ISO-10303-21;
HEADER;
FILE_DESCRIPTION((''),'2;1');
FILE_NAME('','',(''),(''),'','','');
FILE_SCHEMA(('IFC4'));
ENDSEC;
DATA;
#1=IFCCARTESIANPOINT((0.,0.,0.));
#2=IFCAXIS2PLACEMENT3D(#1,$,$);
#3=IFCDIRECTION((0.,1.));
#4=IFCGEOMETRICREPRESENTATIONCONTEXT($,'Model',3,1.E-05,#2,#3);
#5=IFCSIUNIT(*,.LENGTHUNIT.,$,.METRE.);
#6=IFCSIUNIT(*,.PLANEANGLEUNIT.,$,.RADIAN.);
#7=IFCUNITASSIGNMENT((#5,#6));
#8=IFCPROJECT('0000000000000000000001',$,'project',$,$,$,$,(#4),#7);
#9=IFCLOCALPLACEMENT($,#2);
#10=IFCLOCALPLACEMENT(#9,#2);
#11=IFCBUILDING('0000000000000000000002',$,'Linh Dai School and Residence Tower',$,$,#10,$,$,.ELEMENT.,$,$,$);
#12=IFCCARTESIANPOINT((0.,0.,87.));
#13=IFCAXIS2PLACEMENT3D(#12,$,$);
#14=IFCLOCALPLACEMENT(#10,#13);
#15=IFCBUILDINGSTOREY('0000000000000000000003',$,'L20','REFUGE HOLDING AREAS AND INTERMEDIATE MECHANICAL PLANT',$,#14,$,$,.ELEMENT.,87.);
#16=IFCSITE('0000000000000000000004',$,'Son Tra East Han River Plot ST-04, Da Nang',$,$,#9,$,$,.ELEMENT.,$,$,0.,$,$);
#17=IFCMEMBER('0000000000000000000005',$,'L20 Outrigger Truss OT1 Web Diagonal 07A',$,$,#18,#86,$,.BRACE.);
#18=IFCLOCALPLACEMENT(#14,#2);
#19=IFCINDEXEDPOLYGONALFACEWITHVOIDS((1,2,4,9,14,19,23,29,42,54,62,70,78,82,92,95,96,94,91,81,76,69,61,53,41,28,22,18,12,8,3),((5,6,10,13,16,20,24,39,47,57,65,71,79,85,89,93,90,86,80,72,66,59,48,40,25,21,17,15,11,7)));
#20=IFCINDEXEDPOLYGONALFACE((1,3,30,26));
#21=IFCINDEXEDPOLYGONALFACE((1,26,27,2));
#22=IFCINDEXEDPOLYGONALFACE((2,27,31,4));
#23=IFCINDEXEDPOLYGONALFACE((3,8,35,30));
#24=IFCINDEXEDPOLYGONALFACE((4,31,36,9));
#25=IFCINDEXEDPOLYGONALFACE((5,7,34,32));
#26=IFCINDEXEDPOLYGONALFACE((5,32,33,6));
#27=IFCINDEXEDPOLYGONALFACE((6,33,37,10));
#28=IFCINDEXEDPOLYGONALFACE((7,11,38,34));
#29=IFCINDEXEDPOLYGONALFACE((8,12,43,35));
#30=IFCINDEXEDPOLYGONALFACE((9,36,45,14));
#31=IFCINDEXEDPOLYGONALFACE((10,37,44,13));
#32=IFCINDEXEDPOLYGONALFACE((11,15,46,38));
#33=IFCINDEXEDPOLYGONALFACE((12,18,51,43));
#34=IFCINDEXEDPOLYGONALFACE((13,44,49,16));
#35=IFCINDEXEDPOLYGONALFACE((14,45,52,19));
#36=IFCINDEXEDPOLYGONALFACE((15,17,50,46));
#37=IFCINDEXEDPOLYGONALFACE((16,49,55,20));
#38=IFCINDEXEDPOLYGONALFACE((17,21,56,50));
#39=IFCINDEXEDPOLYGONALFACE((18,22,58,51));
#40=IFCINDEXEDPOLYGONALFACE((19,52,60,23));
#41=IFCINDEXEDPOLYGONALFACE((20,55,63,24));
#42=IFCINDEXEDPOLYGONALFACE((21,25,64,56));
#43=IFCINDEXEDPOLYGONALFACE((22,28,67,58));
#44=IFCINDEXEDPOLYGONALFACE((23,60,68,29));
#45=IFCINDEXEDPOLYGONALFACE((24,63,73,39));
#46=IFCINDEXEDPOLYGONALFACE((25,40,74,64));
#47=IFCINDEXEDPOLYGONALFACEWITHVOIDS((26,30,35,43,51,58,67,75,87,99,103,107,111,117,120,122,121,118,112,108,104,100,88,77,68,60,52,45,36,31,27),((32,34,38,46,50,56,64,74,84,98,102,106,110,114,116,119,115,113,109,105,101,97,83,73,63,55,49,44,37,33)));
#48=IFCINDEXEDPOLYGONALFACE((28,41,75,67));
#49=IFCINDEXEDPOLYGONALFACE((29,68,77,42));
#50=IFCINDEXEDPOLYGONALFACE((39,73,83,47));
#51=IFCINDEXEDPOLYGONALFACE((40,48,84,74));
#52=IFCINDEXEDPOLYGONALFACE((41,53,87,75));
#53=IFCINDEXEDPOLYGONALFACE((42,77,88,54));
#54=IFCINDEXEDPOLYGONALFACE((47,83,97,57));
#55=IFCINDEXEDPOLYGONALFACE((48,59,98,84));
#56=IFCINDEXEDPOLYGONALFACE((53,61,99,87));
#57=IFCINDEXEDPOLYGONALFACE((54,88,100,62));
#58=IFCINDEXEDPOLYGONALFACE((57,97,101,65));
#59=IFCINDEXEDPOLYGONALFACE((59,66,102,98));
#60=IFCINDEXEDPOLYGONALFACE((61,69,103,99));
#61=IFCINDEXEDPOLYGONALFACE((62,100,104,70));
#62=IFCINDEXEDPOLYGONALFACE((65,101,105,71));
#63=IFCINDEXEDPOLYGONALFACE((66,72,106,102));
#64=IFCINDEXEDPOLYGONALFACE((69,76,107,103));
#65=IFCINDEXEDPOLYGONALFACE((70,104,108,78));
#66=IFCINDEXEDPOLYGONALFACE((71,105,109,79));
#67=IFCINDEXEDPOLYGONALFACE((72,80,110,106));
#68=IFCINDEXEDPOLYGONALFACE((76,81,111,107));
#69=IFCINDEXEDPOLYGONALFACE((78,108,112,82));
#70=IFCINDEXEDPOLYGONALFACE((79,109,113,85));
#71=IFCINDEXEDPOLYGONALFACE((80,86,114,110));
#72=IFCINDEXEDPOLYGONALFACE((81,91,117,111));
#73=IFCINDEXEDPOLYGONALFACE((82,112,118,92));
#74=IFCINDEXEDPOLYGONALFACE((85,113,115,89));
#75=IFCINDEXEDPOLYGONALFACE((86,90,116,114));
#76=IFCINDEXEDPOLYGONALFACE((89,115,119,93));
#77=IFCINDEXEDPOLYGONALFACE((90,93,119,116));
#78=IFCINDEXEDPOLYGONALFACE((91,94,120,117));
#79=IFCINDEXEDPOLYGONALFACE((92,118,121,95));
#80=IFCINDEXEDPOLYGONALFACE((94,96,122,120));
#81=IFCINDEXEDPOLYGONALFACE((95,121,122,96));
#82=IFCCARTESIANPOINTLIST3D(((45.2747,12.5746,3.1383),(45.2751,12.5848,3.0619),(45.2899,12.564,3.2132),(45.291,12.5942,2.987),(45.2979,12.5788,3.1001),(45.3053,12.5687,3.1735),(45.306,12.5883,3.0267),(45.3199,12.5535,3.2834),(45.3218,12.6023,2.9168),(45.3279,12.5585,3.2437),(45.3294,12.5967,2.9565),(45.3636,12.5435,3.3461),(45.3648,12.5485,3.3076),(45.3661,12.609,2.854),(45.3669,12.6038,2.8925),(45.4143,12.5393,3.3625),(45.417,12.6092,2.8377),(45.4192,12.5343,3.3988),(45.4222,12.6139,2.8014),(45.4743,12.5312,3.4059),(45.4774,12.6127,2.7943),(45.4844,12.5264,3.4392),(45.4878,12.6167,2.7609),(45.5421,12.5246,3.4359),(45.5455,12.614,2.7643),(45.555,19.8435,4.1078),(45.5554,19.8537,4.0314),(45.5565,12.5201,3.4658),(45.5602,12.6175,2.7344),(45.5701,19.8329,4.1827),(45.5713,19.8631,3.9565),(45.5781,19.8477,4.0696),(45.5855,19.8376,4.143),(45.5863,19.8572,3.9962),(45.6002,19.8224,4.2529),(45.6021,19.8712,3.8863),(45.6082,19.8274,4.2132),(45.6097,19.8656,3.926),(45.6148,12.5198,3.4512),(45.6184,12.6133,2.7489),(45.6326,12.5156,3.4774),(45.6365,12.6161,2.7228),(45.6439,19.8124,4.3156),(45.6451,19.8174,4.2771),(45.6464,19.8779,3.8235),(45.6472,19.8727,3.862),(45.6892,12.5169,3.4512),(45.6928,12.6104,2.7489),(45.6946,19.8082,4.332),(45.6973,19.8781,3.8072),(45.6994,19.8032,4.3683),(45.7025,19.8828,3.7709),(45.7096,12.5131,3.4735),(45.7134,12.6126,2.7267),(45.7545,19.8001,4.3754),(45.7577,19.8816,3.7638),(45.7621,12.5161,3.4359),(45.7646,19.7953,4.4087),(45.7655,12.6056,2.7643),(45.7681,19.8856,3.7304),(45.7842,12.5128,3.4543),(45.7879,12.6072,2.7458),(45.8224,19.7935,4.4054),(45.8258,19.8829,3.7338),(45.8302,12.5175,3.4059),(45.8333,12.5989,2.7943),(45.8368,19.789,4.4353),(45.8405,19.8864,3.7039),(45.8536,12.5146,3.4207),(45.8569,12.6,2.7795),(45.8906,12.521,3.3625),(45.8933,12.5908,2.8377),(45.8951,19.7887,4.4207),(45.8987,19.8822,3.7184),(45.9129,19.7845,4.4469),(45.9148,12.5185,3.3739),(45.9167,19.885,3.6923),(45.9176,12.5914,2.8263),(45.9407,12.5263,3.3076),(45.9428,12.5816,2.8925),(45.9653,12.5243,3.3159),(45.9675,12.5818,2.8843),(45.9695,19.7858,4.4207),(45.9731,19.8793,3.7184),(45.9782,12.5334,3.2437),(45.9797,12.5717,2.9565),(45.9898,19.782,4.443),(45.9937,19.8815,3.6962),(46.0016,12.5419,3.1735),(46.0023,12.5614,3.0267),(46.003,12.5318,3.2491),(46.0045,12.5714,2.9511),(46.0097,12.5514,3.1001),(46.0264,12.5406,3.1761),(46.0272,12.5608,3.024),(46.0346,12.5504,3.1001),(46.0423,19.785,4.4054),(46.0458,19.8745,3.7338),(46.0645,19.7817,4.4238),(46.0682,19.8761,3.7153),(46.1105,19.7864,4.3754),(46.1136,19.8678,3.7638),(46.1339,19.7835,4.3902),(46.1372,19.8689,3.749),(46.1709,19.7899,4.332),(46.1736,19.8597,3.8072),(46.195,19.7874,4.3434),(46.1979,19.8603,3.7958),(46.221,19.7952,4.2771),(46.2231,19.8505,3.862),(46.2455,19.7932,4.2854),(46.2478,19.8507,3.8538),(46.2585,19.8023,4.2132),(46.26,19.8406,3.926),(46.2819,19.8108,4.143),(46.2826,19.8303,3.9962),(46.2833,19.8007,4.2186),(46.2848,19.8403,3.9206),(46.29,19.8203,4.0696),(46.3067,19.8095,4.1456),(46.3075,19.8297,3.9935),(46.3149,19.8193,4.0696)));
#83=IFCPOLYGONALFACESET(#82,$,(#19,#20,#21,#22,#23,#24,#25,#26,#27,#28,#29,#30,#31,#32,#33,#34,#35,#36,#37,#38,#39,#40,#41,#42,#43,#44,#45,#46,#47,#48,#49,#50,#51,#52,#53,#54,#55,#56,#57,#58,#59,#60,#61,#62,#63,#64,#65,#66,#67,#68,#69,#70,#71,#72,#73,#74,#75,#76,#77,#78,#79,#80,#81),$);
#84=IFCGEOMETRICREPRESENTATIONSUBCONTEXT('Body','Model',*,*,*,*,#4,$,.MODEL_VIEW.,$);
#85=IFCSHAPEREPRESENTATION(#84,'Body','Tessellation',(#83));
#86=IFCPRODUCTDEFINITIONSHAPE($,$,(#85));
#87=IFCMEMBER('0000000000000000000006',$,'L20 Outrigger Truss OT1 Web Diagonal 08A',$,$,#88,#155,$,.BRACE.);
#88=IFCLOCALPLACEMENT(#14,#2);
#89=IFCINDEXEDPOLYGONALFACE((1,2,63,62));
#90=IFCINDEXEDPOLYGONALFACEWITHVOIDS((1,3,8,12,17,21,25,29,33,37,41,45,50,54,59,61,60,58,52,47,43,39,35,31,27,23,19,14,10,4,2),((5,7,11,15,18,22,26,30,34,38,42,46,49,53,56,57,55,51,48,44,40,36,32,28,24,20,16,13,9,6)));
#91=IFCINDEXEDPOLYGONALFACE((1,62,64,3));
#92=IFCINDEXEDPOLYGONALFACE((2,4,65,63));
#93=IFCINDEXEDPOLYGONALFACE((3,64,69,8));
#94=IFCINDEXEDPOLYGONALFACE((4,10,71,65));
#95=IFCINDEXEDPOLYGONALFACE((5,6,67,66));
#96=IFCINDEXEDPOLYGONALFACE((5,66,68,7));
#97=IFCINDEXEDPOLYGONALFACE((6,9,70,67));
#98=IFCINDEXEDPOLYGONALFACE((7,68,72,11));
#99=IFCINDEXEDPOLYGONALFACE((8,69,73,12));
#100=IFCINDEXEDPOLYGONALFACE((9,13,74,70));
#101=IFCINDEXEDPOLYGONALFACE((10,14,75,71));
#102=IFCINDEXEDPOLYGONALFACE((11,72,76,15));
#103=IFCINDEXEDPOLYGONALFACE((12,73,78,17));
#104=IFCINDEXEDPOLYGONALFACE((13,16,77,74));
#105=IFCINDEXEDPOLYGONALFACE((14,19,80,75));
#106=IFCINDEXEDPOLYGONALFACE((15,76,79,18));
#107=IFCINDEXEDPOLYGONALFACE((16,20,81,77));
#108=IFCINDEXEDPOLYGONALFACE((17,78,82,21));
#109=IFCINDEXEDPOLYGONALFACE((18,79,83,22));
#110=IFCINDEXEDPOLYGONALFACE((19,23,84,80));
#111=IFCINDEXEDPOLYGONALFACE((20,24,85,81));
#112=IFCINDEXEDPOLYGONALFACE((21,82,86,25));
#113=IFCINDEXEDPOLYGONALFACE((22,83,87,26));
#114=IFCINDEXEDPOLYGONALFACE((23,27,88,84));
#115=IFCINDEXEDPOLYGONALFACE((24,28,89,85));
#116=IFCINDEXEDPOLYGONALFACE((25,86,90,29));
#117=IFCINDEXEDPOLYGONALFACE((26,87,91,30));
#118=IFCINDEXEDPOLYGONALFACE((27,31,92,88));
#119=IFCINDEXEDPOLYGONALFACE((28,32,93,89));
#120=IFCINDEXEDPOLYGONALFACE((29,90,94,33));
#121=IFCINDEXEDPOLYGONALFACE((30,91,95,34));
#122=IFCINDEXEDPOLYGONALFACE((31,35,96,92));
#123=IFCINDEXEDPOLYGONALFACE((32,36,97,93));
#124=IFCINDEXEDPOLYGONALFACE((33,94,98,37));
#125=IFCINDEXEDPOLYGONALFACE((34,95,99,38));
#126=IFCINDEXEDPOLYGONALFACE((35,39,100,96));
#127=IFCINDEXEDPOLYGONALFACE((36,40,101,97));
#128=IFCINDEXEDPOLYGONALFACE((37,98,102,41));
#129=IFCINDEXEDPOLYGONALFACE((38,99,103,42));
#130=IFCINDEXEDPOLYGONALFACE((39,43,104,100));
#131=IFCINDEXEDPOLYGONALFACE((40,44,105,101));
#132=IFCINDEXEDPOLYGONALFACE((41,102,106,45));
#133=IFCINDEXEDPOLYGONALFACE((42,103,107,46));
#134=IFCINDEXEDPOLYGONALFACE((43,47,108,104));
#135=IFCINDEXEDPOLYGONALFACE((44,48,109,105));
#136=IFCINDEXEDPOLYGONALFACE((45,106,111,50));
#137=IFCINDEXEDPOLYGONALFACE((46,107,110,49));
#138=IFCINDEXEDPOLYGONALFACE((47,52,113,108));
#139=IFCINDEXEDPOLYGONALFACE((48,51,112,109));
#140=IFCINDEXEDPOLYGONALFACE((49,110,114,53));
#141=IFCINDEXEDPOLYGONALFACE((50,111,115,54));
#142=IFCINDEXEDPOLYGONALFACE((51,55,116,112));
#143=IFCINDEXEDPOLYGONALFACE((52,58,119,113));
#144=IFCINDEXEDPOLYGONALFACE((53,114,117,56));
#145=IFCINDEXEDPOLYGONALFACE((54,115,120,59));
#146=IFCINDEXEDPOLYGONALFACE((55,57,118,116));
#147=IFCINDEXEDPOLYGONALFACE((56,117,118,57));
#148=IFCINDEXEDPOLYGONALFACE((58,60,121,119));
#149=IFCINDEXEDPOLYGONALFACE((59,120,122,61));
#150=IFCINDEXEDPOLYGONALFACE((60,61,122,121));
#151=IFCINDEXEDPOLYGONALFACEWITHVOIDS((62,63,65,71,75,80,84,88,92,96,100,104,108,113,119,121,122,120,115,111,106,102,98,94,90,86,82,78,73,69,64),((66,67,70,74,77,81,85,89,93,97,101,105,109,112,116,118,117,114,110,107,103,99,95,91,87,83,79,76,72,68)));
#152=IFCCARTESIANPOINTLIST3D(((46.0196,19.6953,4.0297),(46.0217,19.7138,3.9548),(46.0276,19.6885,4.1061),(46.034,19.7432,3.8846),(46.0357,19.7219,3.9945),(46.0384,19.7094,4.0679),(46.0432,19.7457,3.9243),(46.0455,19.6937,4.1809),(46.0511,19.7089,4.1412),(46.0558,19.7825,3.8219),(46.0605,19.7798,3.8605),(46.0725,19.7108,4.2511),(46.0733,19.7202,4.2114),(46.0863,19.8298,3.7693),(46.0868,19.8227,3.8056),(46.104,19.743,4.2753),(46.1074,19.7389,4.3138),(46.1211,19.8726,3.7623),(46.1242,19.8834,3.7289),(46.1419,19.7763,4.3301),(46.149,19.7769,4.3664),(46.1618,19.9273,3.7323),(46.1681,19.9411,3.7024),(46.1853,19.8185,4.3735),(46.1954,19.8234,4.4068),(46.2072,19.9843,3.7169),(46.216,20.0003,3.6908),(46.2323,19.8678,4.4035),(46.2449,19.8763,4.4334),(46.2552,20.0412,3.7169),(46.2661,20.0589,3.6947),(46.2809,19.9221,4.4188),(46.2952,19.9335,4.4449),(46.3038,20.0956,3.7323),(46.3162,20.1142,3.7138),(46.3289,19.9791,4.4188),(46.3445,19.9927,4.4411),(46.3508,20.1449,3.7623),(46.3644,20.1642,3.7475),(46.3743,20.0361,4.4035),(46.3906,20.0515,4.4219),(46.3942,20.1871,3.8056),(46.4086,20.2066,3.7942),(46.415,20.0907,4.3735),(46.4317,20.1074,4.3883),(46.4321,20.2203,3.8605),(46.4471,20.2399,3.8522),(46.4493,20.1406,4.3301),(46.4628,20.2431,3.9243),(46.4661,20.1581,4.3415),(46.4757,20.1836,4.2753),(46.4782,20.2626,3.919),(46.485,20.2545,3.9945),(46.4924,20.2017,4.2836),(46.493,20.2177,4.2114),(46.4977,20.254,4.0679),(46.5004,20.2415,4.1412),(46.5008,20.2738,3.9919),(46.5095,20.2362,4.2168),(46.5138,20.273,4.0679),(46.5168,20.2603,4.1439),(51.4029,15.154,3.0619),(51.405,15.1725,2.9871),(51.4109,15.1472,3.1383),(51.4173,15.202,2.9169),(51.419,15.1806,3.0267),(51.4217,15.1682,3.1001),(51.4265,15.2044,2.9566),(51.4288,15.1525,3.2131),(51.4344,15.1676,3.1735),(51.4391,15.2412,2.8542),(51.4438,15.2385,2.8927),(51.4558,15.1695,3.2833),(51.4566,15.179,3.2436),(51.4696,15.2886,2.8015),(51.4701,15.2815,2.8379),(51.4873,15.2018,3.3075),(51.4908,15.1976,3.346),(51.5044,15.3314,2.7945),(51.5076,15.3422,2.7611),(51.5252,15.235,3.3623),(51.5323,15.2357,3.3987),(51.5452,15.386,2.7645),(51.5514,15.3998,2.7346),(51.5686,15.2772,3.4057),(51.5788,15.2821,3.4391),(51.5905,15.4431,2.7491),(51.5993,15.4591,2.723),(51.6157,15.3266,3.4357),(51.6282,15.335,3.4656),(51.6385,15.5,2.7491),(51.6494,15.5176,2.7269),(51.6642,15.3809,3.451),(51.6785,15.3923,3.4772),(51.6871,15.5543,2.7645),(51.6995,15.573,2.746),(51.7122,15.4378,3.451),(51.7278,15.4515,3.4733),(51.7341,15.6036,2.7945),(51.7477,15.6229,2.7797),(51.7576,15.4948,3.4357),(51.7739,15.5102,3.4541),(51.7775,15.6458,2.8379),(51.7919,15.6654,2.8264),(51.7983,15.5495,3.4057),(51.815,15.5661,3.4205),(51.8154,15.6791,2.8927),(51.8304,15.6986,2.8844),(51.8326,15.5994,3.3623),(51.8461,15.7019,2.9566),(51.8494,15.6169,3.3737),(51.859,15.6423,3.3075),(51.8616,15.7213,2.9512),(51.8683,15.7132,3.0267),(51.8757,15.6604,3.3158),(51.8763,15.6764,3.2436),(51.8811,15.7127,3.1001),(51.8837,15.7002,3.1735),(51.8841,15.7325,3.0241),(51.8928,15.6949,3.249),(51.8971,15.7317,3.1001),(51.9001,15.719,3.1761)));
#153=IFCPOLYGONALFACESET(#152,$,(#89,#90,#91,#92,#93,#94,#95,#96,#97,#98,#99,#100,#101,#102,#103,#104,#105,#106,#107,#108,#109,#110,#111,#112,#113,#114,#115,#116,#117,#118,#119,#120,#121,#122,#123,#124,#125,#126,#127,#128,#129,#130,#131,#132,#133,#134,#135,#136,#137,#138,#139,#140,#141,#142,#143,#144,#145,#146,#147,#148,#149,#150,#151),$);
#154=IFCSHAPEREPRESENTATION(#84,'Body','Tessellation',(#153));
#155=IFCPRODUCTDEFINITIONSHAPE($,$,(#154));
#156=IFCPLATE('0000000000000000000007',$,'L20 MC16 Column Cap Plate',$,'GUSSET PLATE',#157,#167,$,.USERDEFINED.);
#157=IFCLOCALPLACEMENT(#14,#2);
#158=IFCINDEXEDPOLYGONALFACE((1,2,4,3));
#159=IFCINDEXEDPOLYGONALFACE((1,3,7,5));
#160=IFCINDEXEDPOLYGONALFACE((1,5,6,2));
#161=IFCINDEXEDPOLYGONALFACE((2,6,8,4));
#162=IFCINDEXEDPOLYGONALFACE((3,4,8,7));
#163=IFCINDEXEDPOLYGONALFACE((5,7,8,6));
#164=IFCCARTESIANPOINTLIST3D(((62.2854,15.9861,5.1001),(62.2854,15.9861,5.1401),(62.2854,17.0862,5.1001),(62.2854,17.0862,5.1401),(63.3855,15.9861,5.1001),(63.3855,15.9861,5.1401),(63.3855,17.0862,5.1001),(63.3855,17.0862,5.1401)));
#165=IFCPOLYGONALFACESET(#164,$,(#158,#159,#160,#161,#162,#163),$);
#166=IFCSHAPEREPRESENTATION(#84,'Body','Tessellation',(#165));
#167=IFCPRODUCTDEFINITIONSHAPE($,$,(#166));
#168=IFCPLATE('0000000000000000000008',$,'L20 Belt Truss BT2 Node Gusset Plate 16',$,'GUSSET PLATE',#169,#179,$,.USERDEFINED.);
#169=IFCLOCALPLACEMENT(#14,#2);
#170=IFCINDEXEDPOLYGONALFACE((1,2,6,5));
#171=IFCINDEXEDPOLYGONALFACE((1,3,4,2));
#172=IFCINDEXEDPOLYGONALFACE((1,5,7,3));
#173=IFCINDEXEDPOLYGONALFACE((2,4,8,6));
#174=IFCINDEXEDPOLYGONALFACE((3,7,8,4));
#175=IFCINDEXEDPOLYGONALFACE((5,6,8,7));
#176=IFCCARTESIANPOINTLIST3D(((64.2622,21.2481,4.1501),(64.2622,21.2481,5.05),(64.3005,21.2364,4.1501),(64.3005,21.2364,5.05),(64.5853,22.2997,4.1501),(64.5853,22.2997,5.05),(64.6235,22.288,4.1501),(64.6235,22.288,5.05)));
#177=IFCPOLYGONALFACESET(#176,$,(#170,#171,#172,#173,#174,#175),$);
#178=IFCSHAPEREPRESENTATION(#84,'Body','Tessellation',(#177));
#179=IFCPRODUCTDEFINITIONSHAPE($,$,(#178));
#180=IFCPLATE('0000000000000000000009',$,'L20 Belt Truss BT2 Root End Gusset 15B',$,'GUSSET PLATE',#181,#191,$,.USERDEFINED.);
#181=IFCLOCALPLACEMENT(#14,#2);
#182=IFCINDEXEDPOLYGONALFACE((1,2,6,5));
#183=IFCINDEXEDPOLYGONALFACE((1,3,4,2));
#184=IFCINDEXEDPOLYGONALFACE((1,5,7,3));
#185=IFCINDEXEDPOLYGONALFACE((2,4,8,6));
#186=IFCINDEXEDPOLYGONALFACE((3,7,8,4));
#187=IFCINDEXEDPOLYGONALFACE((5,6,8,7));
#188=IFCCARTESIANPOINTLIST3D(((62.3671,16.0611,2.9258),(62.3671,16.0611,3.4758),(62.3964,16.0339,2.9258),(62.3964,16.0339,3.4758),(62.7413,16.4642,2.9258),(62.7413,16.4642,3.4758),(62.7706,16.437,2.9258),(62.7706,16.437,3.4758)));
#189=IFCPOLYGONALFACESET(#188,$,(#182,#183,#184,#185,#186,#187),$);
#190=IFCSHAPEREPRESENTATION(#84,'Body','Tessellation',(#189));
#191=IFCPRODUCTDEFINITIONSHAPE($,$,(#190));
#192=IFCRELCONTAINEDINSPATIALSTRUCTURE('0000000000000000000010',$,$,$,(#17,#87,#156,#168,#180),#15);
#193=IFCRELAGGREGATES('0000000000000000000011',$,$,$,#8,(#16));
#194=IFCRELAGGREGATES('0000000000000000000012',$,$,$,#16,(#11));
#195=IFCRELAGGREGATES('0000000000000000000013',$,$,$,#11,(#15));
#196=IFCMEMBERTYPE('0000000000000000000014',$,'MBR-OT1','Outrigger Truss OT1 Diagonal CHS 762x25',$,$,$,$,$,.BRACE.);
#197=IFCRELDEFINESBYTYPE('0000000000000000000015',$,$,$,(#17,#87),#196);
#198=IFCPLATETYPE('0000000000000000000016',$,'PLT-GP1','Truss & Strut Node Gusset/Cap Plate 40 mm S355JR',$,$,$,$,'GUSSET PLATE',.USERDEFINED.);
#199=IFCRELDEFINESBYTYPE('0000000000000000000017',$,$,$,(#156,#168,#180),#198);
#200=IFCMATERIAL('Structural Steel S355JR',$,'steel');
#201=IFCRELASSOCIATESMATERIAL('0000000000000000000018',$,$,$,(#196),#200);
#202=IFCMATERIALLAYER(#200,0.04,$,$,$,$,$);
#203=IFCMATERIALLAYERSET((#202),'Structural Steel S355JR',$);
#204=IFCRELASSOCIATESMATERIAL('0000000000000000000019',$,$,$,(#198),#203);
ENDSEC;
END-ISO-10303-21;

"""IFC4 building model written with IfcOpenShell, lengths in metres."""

from ifc_helpers import new_model, si_unit, direction, frame, origin, origin_2d, place, context, subcontext, project, spatial, rectangle, hollow_circle, extrude, source, transform, mapped, material, layer, layer_set, material_profile, profile_set, type_object, element, save


model = new_model("IFC4")

# Units and contexts
model_context = context("Model", 3, precision=1e-05, world=origin(), true_north=direction((0.0, 1.0)))
body_context = subcontext(model_context, "Body", "Model", "MODEL_VIEW")
ifc_project = project(units=[si_unit("LENGTHUNIT", "METRE"), si_unit("PLANEANGLEUNIT", "RADIAN")], contexts=[model_context])

# Site, building, storey
site_placement = place(None, origin())
site = spatial("IfcSite", under=ifc_project, at=site_placement, Name="Son Tra East Han River Plot ST-04, Da Nang", CompositionType="ELEMENT", RefElevation=0.0)
building_placement = place(site_placement, origin())
building = spatial("IfcBuilding", under=site, at=building_placement, Name="Linh Dai School and Residence Tower", CompositionType="ELEMENT")
storey_placement = place(building_placement, frame((0.0, 0.0, 87.0)))
storey = spatial("IfcBuildingStorey", under=building, at=storey_placement, Name="L20", Description="REFUGE HOLDING AREAS AND INTERMEDIATE MECHANICAL PLANT", CompositionType="ELEMENT", Elevation=87.0)

# Shared definitions
ifc_material_1 = material(Name="Structural Steel S355JR", Category="steel")

# Members
ifc_material_profile_1 = material_profile(ifc_material_1, hollow_circle(Radius=0.3811, WallThickness=0.0249, at=origin_2d()), Name="CHS 762x25")
ifc_profile_set_1 = profile_set([ifc_material_profile_1], Name="Structural Steel S355JR")
member_type_1 = type_object("IfcMemberType", Name="MBR-OT1", Description="Outrigger Truss OT1 Diagonal CHS 762x25", PredefinedType="BRACE", material=ifc_profile_set_1)
member_1_placement = place(storey_placement, frame((45.9341, 19.834, 4.0696), z_axis=(-0.038192, -0.990499, -0.132109), x_axis=(0.999257, -0.03853, 0.0)))
element("IfcMember", 1, at=member_1_placement, inside=storey, type_object=member_type_1, Name="L20 Outrigger Truss OT1 Web Diagonal 07A", PredefinedType="BRACE", context=body_context, shape_type="SweptSolid", body=[
    extrude(hollow_circle(Radius=0.3811, WallThickness=0.0249, at=origin_2d()), origin(), (0.0, 0.0, 1.0), 7.3386),
])
member_2_placement = place(storey_placement, frame((46.2681, 19.9817, 4.0679), z_axis=(0.757239, -0.638794, -0.136131), x_axis=(0.644796, 0.764354, 0.0)))
element("IfcMember", 2, at=member_2_placement, inside=storey, type_object=member_type_1, Name="L20 Outrigger Truss OT1 Web Diagonal 08A", PredefinedType="BRACE", context=body_context, shape_type="SweptSolid", body=[
    extrude(hollow_circle(Radius=0.3811, WallThickness=0.0249, at=origin_2d()), origin(), (0.0, 0.0, 1.0), 7.1091),
])

# Plates
ifc_layer_1 = layer(ifc_material_1, 0.04)
ifc_layer_set_1 = layer_set([ifc_layer_1], Name="Structural Steel S355JR")
plate_type = type_object("IfcPlateType", Name="PLT-GP1", Description="Truss & Strut Node Gusset/Cap Plate 40 mm S355JR", ElementType="GUSSET PLATE", PredefinedType="USERDEFINED", material=ifc_layer_set_1)
shared_shape_1 = source(origin(), body_context, "Body", "SweptSolid", [
    extrude(rectangle(XDim=1.1001, YDim=1.1001, at=origin_2d()), origin(), (0.0, 0.0, 1.0), 0.04),
])
plate_1_placement = place(storey_placement, frame((62.8354, 16.5361, 5.1001), z_axis=(0.0, 0.0, 1.0), x_axis=(1.0, 0.0, 0.0)))
element("IfcPlate", 3, at=plate_1_placement, inside=storey, type_object=plate_type, Name="L20 MC16 Column Cap Plate", ObjectType="GUSSET PLATE", PredefinedType="USERDEFINED", context=body_context, shape_type="MappedRepresentation", body=[
    mapped(shared_shape_1, transform((0.0, 0.0, 0.0), x_axis=(1.0, 0.0, 0.0), y_axis=(0.0, 1.0, 0.0), z_axis=(0.0, 0.0, 1.0), scale=1.0)),
])
shared_shape_2 = source(origin(), body_context, "Body", "SweptSolid", [
    extrude(rectangle(XDim=1.1001, YDim=0.04, at=origin_2d()), origin(), (0.0, 0.0, 1.0), 0.8999),
])
plate_2_placement = place(storey_placement, frame((64.4429, 21.7681, 4.1501), z_axis=(0.0, 0.0, 1.0), x_axis=(0.293658, 0.955911, 0.0)))
element("IfcPlate", 4, at=plate_2_placement, inside=storey, type_object=plate_type, Name="L20 Belt Truss BT2 Node Gusset Plate 16", ObjectType="GUSSET PLATE", PredefinedType="USERDEFINED", context=body_context, shape_type="MappedRepresentation", body=[
    mapped(shared_shape_2, transform((0.0, 0.0, 0.0), x_axis=(1.0, 0.0, 0.0), y_axis=(0.0, 1.0, 0.0), z_axis=(0.0, 0.0, 1.0), scale=1.0)),
])
shared_shape_3 = source(origin(), body_context, "Body", "SweptSolid", [
    extrude(rectangle(XDim=0.55, YDim=0.04, at=origin_2d()), origin(), (0.0, 0.0, 1.0), 0.55),
])
for number, where, z_axis, x_axis, name in (
    (5, (62.5688, 16.249, 2.9258), (0.0, 0.0, 1.0), (0.680396, 0.732845, 0.0), "L20 Belt Truss BT2 Root End Gusset 15B"),
):
    element("IfcPlate", number, at=place(storey_placement, frame(where, z_axis=z_axis, x_axis=x_axis)), inside=storey, type_object=plate_type, Name=name, ObjectType="GUSSET PLATE", PredefinedType="USERDEFINED", context=body_context, shape_type="MappedRepresentation", body=[
        mapped(shared_shape_3, transform((0.0, 0.0, 0.0), x_axis=(1.0, 0.0, 0.0), y_axis=(0.0, 1.0, 0.0), z_axis=(0.0, 0.0, 1.0), scale=1.0)),
    ])

save(model, "model.ifc")
